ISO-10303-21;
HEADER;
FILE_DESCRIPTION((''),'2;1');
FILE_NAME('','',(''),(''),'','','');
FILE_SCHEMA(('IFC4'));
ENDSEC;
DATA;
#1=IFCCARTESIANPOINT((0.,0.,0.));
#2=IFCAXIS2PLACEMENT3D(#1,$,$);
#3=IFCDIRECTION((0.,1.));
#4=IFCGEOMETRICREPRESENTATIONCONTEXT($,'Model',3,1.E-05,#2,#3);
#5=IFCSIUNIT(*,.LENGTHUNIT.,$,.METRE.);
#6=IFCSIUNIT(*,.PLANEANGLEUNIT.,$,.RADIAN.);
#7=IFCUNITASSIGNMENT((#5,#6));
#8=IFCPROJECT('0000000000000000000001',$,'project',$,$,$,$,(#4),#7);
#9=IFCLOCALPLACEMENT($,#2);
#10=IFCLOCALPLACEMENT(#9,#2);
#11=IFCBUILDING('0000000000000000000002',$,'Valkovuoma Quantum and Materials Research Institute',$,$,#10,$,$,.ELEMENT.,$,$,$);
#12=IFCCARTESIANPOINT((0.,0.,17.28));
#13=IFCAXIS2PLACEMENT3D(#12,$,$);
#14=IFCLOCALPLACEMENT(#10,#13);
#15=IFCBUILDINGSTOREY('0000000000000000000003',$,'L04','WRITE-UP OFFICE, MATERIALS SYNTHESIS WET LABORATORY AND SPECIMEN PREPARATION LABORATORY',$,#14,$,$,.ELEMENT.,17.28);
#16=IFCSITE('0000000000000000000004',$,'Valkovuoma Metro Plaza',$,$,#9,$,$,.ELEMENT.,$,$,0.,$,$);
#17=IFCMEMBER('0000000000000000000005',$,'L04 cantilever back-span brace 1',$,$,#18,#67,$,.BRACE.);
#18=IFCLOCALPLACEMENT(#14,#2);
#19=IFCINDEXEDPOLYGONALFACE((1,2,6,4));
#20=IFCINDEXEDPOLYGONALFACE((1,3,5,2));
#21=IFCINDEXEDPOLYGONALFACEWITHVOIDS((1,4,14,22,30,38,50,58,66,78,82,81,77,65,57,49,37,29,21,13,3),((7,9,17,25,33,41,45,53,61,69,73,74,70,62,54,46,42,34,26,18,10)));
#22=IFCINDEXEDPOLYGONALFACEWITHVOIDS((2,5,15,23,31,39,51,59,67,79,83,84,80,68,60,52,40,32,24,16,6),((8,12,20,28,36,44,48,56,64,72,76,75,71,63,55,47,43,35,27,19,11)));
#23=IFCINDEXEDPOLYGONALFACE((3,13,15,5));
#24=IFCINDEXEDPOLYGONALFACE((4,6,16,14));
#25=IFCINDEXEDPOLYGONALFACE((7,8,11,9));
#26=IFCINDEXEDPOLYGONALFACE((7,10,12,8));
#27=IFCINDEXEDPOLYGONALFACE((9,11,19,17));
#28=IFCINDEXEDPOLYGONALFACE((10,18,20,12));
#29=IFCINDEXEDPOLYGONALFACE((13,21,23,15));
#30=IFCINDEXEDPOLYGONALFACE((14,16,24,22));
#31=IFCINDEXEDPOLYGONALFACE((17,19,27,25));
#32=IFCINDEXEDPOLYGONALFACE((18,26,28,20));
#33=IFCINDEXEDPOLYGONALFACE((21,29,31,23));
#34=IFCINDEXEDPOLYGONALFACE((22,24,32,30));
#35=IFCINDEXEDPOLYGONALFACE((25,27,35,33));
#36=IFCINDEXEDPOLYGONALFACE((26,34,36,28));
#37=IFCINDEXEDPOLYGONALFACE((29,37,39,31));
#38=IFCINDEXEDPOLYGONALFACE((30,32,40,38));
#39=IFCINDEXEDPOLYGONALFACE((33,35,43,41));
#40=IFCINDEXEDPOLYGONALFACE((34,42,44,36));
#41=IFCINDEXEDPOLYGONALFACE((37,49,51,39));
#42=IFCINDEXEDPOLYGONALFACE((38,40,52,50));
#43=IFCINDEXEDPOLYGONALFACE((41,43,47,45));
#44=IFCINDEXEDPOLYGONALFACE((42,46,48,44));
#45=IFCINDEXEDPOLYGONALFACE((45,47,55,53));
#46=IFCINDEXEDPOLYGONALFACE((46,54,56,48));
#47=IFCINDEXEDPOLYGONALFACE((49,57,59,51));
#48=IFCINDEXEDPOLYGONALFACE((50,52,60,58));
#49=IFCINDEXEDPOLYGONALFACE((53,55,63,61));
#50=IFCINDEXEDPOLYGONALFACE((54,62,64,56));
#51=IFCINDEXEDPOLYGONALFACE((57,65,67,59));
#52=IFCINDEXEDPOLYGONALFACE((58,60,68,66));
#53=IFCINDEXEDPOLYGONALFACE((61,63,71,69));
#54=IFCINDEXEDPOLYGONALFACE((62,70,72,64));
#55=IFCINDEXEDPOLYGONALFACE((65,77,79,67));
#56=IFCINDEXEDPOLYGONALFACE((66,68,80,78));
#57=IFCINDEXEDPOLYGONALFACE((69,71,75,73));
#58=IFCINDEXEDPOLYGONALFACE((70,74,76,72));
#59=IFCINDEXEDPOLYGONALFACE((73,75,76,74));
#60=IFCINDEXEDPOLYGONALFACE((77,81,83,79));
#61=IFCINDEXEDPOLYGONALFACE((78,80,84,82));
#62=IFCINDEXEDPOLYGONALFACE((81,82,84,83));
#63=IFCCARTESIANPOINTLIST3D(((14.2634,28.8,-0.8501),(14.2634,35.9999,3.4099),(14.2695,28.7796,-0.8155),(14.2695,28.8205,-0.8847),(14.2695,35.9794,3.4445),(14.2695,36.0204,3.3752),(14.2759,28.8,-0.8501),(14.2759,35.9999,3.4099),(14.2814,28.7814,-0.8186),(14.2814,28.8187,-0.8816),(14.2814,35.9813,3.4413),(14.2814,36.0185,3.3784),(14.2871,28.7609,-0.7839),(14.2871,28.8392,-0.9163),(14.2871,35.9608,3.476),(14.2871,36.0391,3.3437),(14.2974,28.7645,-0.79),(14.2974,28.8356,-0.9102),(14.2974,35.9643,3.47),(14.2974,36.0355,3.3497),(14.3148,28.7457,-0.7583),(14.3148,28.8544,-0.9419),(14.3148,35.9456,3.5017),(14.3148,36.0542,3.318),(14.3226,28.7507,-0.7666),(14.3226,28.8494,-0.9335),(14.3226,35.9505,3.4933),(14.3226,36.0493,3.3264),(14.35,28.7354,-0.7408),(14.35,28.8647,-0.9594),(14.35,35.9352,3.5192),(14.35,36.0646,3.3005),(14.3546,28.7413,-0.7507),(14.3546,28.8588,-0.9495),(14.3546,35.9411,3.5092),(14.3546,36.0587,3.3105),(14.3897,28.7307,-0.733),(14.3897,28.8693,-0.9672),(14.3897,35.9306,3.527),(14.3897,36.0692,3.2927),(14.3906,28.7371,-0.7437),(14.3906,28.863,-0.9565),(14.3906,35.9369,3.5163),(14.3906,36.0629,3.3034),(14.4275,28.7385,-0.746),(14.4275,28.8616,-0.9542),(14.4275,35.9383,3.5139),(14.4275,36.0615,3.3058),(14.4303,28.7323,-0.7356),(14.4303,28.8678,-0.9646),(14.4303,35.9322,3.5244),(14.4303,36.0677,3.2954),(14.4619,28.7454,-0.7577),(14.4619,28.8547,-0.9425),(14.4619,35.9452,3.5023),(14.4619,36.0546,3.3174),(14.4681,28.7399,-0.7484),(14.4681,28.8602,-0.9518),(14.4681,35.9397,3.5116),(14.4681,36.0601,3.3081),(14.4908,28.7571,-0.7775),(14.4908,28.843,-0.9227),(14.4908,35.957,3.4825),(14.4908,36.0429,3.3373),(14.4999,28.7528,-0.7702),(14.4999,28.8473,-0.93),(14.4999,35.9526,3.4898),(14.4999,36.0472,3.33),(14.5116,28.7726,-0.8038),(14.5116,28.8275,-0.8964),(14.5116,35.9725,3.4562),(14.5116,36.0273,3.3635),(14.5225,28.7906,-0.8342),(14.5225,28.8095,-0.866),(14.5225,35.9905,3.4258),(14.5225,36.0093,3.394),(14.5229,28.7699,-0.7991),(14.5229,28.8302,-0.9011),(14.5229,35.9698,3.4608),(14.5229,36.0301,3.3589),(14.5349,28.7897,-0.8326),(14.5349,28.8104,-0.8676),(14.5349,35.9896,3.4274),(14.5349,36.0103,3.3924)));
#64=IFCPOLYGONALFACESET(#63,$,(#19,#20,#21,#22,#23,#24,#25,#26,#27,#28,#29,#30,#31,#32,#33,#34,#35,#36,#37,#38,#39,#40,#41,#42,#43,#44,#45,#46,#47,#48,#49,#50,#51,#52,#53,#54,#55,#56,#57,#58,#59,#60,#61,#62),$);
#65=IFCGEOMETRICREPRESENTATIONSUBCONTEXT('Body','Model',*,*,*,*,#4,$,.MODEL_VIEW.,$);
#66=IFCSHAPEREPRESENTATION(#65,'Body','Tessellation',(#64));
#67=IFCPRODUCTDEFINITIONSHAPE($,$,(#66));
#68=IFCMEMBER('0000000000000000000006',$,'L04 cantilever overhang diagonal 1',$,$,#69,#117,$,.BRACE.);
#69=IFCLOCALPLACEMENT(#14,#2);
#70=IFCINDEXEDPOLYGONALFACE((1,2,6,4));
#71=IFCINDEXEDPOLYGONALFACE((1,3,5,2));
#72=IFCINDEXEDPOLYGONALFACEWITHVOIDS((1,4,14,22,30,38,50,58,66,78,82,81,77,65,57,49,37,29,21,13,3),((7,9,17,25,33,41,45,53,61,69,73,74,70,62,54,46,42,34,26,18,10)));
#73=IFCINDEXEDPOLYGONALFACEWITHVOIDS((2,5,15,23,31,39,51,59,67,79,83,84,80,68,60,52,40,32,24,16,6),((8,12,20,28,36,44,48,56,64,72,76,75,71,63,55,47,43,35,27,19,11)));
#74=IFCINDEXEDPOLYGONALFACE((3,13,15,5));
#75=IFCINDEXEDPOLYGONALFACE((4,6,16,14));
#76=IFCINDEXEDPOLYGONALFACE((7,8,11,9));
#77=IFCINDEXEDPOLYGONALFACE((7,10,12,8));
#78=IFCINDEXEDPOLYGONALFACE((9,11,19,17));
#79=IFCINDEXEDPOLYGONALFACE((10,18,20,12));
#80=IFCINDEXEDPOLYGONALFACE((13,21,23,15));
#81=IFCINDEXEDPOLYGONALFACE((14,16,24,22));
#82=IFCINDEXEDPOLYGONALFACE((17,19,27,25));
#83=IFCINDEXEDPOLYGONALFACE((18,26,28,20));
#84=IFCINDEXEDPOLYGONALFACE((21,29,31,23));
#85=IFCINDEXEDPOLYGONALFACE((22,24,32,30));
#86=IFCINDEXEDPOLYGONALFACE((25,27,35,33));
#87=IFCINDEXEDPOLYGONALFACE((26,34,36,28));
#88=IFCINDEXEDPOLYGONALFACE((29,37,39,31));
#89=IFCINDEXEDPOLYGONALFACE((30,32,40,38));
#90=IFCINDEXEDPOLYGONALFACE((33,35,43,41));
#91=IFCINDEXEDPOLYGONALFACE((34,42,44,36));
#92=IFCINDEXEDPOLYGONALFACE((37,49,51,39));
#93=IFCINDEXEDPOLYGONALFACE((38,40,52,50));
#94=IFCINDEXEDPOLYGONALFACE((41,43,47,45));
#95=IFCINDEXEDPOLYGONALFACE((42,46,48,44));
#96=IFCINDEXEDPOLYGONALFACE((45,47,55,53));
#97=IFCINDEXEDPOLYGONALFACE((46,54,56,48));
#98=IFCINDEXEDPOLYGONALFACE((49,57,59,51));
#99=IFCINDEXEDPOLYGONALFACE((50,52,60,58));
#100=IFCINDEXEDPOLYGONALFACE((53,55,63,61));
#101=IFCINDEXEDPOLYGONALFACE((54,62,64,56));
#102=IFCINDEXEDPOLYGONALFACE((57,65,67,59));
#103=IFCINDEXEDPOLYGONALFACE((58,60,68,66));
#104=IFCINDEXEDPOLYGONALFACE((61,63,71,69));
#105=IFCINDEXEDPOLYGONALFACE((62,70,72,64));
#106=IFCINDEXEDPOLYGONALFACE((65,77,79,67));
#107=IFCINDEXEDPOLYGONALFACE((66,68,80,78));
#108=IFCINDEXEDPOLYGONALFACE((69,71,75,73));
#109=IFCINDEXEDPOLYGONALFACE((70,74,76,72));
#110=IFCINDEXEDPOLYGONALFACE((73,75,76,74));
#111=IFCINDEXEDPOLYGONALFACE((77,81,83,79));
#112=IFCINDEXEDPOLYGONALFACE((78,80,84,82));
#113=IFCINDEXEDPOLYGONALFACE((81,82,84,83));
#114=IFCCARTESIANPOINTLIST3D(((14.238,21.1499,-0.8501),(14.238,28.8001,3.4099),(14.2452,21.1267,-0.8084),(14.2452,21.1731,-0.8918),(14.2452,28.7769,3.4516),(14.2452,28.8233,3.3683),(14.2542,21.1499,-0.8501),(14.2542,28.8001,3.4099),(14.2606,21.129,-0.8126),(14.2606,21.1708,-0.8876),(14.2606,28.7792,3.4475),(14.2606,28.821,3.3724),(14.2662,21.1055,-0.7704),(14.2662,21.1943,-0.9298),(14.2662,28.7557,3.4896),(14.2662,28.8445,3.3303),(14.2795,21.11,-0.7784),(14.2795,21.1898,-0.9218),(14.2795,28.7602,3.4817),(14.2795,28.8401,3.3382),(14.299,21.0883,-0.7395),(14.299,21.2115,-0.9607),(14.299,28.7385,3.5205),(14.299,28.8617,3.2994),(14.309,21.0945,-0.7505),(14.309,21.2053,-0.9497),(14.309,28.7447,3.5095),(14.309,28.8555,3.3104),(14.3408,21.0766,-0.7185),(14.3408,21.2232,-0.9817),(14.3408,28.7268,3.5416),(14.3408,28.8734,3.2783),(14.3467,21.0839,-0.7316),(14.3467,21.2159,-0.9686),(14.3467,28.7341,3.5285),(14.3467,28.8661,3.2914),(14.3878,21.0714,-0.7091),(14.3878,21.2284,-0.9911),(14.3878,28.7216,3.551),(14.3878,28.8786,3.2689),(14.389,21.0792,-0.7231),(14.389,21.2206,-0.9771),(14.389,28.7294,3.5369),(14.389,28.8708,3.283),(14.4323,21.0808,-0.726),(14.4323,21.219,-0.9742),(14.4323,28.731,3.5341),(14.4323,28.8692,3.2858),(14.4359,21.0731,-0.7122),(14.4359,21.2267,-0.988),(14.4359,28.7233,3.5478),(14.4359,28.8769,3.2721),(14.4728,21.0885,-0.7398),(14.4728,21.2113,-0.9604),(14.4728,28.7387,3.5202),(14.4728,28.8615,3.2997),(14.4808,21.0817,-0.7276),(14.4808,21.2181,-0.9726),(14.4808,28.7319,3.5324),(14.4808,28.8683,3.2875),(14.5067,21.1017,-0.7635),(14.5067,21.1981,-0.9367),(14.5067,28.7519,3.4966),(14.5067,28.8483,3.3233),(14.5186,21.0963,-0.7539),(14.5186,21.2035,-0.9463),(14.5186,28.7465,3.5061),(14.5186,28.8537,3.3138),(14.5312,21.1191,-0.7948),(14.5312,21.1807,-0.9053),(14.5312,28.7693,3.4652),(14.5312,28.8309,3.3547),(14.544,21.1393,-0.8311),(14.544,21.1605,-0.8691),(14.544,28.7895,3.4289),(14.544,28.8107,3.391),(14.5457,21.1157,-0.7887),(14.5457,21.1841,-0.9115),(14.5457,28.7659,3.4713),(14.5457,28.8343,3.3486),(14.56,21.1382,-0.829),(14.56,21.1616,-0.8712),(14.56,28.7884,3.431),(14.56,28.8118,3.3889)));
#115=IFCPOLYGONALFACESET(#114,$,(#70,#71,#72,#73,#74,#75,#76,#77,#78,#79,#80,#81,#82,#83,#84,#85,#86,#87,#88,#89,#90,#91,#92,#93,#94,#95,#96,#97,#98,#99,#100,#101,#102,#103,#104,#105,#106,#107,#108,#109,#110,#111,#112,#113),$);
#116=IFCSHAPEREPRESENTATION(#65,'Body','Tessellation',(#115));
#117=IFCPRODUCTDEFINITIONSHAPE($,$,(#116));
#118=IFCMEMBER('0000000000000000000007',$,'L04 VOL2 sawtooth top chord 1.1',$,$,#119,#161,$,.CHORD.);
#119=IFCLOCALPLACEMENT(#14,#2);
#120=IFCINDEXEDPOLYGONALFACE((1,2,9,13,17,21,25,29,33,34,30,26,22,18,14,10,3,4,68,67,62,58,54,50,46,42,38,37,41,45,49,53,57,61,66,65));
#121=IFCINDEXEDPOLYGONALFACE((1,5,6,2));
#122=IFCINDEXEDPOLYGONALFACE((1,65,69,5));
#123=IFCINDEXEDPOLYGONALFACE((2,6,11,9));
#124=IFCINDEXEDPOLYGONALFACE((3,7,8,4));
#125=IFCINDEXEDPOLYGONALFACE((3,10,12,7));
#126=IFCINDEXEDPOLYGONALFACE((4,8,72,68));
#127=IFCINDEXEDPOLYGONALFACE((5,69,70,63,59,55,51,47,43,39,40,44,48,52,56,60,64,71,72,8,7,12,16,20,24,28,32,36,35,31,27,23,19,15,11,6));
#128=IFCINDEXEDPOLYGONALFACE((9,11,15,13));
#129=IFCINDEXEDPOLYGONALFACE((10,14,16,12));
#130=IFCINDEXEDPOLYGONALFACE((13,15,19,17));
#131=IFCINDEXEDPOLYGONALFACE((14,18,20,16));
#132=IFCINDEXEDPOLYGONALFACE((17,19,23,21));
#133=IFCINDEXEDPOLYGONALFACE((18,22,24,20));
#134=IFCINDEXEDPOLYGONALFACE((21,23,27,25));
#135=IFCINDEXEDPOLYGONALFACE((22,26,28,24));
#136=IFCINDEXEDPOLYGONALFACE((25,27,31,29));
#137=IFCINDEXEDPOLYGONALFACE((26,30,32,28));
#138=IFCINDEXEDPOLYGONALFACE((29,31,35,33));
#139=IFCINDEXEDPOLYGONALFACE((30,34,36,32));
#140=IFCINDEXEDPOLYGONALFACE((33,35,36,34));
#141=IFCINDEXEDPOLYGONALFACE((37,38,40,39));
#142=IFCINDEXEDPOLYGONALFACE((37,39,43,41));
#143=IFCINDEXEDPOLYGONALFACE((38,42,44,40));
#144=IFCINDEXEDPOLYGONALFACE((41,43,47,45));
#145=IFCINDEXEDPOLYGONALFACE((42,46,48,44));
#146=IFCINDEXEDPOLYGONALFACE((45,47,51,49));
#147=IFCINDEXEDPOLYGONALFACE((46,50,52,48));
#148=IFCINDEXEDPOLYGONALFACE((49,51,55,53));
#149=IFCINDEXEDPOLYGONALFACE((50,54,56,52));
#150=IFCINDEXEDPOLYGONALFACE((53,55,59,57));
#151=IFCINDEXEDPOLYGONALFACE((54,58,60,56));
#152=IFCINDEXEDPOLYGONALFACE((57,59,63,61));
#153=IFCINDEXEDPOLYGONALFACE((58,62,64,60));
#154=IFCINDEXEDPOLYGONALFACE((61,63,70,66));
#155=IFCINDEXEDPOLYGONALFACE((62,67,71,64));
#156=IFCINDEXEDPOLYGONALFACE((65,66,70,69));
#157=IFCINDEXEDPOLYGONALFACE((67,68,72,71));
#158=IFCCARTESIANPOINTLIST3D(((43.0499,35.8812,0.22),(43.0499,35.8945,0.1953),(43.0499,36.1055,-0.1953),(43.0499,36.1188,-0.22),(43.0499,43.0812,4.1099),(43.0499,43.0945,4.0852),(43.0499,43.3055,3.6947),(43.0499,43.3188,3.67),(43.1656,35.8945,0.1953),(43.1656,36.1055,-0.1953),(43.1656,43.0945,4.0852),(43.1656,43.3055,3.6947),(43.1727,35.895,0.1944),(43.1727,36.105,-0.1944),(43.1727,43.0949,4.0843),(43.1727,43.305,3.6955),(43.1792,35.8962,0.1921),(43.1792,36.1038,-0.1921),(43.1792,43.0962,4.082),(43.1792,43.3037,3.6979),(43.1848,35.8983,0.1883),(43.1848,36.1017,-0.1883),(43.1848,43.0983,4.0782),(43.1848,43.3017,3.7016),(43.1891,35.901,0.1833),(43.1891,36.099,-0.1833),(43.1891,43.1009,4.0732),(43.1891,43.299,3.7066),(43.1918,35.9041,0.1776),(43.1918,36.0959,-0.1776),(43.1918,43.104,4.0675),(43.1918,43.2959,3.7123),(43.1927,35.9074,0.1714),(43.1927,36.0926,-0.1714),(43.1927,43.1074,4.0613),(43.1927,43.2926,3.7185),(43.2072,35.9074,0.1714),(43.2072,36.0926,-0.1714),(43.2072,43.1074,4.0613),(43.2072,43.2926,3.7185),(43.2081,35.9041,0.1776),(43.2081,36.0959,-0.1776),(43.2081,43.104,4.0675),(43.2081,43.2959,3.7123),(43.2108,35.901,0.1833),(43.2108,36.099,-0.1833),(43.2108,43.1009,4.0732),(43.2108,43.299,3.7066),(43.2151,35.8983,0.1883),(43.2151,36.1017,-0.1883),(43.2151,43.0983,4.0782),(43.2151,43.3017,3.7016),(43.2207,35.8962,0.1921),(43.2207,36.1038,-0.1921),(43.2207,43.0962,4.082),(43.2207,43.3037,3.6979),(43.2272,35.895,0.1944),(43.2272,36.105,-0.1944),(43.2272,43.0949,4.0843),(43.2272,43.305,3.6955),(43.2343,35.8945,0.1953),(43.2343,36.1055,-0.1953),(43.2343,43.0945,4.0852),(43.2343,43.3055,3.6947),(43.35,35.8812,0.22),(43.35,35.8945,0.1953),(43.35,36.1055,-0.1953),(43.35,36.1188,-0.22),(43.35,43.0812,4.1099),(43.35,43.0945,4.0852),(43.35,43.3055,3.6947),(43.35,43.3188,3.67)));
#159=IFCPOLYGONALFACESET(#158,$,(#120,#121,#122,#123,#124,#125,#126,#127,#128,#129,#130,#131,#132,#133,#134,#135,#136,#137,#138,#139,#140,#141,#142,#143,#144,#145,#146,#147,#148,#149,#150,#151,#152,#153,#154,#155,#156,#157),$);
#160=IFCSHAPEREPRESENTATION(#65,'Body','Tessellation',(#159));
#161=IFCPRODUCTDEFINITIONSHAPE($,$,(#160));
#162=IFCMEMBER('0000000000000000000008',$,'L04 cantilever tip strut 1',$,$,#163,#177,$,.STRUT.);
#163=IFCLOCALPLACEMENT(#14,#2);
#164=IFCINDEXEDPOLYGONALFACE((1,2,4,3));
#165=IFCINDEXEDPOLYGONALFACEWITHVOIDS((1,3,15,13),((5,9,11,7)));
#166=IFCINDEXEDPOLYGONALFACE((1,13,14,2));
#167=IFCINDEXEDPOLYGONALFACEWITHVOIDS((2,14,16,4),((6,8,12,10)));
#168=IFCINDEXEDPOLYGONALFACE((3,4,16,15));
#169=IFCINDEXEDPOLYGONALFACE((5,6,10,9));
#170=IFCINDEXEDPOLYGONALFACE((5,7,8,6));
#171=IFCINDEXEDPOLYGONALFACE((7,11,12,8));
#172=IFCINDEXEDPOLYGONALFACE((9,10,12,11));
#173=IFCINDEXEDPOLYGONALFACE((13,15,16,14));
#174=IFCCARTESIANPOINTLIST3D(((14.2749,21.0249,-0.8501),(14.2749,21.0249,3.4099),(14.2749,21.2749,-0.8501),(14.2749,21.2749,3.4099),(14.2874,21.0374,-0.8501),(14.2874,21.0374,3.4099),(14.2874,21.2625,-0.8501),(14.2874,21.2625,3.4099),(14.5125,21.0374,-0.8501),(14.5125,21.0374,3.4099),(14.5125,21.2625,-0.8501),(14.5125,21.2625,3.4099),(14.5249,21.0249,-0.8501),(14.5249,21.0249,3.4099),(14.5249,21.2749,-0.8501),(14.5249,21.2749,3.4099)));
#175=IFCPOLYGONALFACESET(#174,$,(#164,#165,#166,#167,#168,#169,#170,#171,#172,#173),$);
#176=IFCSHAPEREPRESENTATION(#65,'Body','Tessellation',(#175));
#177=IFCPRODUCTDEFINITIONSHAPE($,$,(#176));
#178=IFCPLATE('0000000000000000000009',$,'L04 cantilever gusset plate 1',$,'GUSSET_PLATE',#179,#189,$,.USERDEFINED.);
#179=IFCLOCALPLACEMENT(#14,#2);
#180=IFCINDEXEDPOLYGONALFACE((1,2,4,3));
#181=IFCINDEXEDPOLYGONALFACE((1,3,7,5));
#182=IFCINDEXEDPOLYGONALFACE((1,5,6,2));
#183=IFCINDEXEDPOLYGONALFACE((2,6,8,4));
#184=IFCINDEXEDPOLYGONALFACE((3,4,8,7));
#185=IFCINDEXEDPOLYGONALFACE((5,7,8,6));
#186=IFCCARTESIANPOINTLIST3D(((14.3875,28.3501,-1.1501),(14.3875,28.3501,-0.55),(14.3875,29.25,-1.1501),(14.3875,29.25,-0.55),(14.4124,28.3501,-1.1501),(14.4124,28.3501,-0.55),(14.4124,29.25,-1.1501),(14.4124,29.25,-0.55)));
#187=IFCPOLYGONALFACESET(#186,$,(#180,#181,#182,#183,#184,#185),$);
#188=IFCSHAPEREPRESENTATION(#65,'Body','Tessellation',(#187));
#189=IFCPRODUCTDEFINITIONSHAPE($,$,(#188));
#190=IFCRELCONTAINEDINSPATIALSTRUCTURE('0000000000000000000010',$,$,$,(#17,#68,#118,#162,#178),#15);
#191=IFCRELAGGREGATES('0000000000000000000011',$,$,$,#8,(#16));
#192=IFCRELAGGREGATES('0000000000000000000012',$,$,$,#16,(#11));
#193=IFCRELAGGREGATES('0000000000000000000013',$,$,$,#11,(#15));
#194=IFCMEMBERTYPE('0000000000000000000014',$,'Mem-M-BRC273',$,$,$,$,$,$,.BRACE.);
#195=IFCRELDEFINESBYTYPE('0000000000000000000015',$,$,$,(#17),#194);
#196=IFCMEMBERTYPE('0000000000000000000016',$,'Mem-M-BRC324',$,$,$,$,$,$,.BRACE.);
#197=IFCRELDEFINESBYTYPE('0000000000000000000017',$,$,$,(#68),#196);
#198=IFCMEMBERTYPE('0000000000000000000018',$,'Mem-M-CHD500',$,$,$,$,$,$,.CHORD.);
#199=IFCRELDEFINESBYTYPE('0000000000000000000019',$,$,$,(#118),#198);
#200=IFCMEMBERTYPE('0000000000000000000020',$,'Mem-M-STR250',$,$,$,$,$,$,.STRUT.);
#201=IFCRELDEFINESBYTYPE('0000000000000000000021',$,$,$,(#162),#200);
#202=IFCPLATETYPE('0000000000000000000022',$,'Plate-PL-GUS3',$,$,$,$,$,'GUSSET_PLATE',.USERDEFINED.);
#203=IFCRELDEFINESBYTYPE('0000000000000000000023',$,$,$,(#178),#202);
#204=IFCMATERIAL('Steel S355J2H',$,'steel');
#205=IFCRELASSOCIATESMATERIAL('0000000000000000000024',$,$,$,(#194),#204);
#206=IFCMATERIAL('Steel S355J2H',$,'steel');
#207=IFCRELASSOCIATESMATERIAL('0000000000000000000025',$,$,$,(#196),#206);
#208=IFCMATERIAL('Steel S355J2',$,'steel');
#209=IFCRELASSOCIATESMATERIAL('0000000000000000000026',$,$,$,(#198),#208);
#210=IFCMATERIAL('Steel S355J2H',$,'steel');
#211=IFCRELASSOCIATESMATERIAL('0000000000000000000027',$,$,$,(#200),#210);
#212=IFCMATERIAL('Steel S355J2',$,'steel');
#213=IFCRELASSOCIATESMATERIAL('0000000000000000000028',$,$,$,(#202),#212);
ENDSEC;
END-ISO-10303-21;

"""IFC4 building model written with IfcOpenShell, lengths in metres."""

from ifc_helpers import new_model, si_unit, direction, frame, origin, origin_2d, place, context, subcontext, project, spatial, rectangle, hollow_rectangle, hollow_circle, i_section, extrude, material, material_profile, profile_set, type_object, element, save


model = new_model("IFC4")

# Units and contexts
model_context = context("Model", 3, precision=1e-05, world=origin(), true_north=direction((0.0, 1.0)))
body_context = subcontext(model_context, "Body", "Model", "MODEL_VIEW")
ifc_project = project(units=[si_unit("LENGTHUNIT", "METRE"), si_unit("PLANEANGLEUNIT", "RADIAN")], contexts=[model_context])

# Site, building, storey
site_placement = place(None, origin())
site = spatial("IfcSite", under=ifc_project, at=site_placement, Name="Valkovuoma Metro Plaza", CompositionType="ELEMENT", RefElevation=0.0)
building_placement = place(site_placement, origin())
building = spatial("IfcBuilding", under=site, at=building_placement, Name="Valkovuoma Quantum and Materials Research Institute", CompositionType="ELEMENT")
storey_placement = place(building_placement, frame((0.0, 0.0, 17.28)))
storey = spatial("IfcBuildingStorey", under=building, at=storey_placement, Name="L04", Description="WRITE-UP OFFICE, MATERIALS SYNTHESIS WET LABORATORY AND SPECIMEN PREPARATION LABORATORY", CompositionType="ELEMENT", Elevation=17.28)

# Members
ifc_material_1 = material(Name="Steel S355J2H", Category="steel")
ifc_material_profile_1 = material_profile(ifc_material_1, hollow_circle(Radius=0.1365, WallThickness=0.0125, at=origin_2d()), Name="Steel S355J2H")
ifc_profile_set_1 = profile_set([ifc_material_profile_1], Name="Steel S355J2H")
member_type_1 = type_object("IfcMemberType", Name="Mem-M-BRC273", PredefinedType="BRACE", material=ifc_profile_set_1)
member_1_placement = place(storey_placement, frame((14.3999, 28.8, -0.8501), z_axis=(0.0, 0.860639, 0.509216), x_axis=(-1.0, 0.0, 0.0)))
element("IfcMember", 1, at=member_1_placement, inside=storey, type_object=member_type_1, Name="L04 cantilever back-span brace 1", PredefinedType="BRACE", context=body_context, shape_type="SweptSolid", body=[
    extrude(hollow_circle(Radius=0.1365, WallThickness=0.0125, at=origin_2d()), origin(), (0.0, 0.0, 1.0), 8.3657),
])
ifc_material_2 = material(Name="Steel S355J2H", Category="steel")
ifc_material_profile_2 = material_profile(ifc_material_2, hollow_circle(Radius=0.1619, WallThickness=0.0161, at=origin_2d()), Name="Steel S355J2H")
ifc_profile_set_2 = profile_set([ifc_material_profile_2], Name="Steel S355J2H")
member_type_2 = type_object("IfcMemberType", Name="Mem-M-BRC324", PredefinedType="BRACE", material=ifc_profile_set_2)
member_2_placement = place(storey_placement, frame((14.3999, 21.1499, -0.8501), z_axis=(0.0, 0.873675, 0.486509), x_axis=(-1.0, 0.0, 0.0)))
element("IfcMember", 2, at=member_2_placement, inside=storey, type_object=member_type_2, Name="L04 cantilever overhang diagonal 1", PredefinedType="BRACE", context=body_context, shape_type="SweptSolid", body=[
    extrude(hollow_circle(Radius=0.1619, WallThickness=0.0161, at=origin_2d()), origin(), (0.0, 0.0, 1.0), 8.7563),
])
ifc_material_3 = material(Name="Steel S355J2", Category="steel")
ifc_material_profile_3 = material_profile(ifc_material_3, i_section(OverallWidth=0.3, OverallDepth=0.5, WebThickness=0.0144, FlangeThickness=0.0281, FilletRadius=0.0271, at=origin_2d()), Name="Steel S355J2")
ifc_profile_set_3 = profile_set([ifc_material_profile_3], Name="Steel S355J2")
member_type_3 = type_object("IfcMemberType", Name="Mem-M-CHD500", PredefinedType="CHORD", material=ifc_profile_set_3)
member_3_placement = place(storey_placement, frame((43.2, 36.0, 0.0), z_axis=(0.0, 0.879807, 0.47533), x_axis=(-1.0, 0.0, 0.0)))
element("IfcMember", 3, at=member_3_placement, inside=storey, type_object=member_type_3, Name="L04 VOL2 sawtooth top chord 1.1", PredefinedType="CHORD", context=body_context, shape_type="SweptSolid", body=[
    extrude(i_section(OverallWidth=0.3, OverallDepth=0.5, WebThickness=0.0144, FlangeThickness=0.0281, FilletRadius=0.0271, at=origin_2d()), origin(), (0.0, 0.0, 1.0), 8.1836),
])
ifc_material_4 = material(Name="Steel S355J2H", Category="steel")
ifc_material_profile_4 = material_profile(ifc_material_4, hollow_rectangle(XDim=0.25, YDim=0.25, WallThickness=0.0125, at=origin_2d()), Name="Steel S355J2H")
ifc_profile_set_4 = profile_set([ifc_material_profile_4], Name="Steel S355J2H")
member_type_4 = type_object("IfcMemberType", Name="Mem-M-STR250", PredefinedType="STRUT", material=ifc_profile_set_4)
member_4_placement = place(storey_placement, frame((14.3999, 21.1499, -0.8501), z_axis=(0.0, 0.0, 1.0), x_axis=(1.0, 0.0, 0.0)))
element("IfcMember", 4, at=member_4_placement, inside=storey, type_object=member_type_4, Name="L04 cantilever tip strut 1", PredefinedType="STRUT", context=body_context, shape_type="SweptSolid", body=[
    extrude(hollow_rectangle(XDim=0.25, YDim=0.25, WallThickness=0.0125, at=origin_2d()), origin(), (0.0, 0.0, 1.0), 4.26),
])

# Plate
ifc_material_5 = material(Name="Steel S355J2", Category="steel")
plate_type = type_object("IfcPlateType", Name="Plate-PL-GUS3", ElementType="GUSSET_PLATE", PredefinedType="USERDEFINED", material=ifc_material_5)
plate_placement = place(storey_placement, frame((14.3999, 28.8, -1.1501), z_axis=(0.0, 0.0, 1.0), x_axis=(0.0, 1.0, 0.0)))
element("IfcPlate", 5, at=plate_placement, inside=storey, type_object=plate_type, Name="L04 cantilever gusset plate 1", ObjectType="GUSSET_PLATE", PredefinedType="USERDEFINED", context=body_context, shape_type="SweptSolid", body=[
    extrude(rectangle(XDim=0.8999, YDim=0.0249, at=origin_2d()), origin(), (0.0, 0.0, 1.0), 0.6001),
])

save(model, "model.ifc")
